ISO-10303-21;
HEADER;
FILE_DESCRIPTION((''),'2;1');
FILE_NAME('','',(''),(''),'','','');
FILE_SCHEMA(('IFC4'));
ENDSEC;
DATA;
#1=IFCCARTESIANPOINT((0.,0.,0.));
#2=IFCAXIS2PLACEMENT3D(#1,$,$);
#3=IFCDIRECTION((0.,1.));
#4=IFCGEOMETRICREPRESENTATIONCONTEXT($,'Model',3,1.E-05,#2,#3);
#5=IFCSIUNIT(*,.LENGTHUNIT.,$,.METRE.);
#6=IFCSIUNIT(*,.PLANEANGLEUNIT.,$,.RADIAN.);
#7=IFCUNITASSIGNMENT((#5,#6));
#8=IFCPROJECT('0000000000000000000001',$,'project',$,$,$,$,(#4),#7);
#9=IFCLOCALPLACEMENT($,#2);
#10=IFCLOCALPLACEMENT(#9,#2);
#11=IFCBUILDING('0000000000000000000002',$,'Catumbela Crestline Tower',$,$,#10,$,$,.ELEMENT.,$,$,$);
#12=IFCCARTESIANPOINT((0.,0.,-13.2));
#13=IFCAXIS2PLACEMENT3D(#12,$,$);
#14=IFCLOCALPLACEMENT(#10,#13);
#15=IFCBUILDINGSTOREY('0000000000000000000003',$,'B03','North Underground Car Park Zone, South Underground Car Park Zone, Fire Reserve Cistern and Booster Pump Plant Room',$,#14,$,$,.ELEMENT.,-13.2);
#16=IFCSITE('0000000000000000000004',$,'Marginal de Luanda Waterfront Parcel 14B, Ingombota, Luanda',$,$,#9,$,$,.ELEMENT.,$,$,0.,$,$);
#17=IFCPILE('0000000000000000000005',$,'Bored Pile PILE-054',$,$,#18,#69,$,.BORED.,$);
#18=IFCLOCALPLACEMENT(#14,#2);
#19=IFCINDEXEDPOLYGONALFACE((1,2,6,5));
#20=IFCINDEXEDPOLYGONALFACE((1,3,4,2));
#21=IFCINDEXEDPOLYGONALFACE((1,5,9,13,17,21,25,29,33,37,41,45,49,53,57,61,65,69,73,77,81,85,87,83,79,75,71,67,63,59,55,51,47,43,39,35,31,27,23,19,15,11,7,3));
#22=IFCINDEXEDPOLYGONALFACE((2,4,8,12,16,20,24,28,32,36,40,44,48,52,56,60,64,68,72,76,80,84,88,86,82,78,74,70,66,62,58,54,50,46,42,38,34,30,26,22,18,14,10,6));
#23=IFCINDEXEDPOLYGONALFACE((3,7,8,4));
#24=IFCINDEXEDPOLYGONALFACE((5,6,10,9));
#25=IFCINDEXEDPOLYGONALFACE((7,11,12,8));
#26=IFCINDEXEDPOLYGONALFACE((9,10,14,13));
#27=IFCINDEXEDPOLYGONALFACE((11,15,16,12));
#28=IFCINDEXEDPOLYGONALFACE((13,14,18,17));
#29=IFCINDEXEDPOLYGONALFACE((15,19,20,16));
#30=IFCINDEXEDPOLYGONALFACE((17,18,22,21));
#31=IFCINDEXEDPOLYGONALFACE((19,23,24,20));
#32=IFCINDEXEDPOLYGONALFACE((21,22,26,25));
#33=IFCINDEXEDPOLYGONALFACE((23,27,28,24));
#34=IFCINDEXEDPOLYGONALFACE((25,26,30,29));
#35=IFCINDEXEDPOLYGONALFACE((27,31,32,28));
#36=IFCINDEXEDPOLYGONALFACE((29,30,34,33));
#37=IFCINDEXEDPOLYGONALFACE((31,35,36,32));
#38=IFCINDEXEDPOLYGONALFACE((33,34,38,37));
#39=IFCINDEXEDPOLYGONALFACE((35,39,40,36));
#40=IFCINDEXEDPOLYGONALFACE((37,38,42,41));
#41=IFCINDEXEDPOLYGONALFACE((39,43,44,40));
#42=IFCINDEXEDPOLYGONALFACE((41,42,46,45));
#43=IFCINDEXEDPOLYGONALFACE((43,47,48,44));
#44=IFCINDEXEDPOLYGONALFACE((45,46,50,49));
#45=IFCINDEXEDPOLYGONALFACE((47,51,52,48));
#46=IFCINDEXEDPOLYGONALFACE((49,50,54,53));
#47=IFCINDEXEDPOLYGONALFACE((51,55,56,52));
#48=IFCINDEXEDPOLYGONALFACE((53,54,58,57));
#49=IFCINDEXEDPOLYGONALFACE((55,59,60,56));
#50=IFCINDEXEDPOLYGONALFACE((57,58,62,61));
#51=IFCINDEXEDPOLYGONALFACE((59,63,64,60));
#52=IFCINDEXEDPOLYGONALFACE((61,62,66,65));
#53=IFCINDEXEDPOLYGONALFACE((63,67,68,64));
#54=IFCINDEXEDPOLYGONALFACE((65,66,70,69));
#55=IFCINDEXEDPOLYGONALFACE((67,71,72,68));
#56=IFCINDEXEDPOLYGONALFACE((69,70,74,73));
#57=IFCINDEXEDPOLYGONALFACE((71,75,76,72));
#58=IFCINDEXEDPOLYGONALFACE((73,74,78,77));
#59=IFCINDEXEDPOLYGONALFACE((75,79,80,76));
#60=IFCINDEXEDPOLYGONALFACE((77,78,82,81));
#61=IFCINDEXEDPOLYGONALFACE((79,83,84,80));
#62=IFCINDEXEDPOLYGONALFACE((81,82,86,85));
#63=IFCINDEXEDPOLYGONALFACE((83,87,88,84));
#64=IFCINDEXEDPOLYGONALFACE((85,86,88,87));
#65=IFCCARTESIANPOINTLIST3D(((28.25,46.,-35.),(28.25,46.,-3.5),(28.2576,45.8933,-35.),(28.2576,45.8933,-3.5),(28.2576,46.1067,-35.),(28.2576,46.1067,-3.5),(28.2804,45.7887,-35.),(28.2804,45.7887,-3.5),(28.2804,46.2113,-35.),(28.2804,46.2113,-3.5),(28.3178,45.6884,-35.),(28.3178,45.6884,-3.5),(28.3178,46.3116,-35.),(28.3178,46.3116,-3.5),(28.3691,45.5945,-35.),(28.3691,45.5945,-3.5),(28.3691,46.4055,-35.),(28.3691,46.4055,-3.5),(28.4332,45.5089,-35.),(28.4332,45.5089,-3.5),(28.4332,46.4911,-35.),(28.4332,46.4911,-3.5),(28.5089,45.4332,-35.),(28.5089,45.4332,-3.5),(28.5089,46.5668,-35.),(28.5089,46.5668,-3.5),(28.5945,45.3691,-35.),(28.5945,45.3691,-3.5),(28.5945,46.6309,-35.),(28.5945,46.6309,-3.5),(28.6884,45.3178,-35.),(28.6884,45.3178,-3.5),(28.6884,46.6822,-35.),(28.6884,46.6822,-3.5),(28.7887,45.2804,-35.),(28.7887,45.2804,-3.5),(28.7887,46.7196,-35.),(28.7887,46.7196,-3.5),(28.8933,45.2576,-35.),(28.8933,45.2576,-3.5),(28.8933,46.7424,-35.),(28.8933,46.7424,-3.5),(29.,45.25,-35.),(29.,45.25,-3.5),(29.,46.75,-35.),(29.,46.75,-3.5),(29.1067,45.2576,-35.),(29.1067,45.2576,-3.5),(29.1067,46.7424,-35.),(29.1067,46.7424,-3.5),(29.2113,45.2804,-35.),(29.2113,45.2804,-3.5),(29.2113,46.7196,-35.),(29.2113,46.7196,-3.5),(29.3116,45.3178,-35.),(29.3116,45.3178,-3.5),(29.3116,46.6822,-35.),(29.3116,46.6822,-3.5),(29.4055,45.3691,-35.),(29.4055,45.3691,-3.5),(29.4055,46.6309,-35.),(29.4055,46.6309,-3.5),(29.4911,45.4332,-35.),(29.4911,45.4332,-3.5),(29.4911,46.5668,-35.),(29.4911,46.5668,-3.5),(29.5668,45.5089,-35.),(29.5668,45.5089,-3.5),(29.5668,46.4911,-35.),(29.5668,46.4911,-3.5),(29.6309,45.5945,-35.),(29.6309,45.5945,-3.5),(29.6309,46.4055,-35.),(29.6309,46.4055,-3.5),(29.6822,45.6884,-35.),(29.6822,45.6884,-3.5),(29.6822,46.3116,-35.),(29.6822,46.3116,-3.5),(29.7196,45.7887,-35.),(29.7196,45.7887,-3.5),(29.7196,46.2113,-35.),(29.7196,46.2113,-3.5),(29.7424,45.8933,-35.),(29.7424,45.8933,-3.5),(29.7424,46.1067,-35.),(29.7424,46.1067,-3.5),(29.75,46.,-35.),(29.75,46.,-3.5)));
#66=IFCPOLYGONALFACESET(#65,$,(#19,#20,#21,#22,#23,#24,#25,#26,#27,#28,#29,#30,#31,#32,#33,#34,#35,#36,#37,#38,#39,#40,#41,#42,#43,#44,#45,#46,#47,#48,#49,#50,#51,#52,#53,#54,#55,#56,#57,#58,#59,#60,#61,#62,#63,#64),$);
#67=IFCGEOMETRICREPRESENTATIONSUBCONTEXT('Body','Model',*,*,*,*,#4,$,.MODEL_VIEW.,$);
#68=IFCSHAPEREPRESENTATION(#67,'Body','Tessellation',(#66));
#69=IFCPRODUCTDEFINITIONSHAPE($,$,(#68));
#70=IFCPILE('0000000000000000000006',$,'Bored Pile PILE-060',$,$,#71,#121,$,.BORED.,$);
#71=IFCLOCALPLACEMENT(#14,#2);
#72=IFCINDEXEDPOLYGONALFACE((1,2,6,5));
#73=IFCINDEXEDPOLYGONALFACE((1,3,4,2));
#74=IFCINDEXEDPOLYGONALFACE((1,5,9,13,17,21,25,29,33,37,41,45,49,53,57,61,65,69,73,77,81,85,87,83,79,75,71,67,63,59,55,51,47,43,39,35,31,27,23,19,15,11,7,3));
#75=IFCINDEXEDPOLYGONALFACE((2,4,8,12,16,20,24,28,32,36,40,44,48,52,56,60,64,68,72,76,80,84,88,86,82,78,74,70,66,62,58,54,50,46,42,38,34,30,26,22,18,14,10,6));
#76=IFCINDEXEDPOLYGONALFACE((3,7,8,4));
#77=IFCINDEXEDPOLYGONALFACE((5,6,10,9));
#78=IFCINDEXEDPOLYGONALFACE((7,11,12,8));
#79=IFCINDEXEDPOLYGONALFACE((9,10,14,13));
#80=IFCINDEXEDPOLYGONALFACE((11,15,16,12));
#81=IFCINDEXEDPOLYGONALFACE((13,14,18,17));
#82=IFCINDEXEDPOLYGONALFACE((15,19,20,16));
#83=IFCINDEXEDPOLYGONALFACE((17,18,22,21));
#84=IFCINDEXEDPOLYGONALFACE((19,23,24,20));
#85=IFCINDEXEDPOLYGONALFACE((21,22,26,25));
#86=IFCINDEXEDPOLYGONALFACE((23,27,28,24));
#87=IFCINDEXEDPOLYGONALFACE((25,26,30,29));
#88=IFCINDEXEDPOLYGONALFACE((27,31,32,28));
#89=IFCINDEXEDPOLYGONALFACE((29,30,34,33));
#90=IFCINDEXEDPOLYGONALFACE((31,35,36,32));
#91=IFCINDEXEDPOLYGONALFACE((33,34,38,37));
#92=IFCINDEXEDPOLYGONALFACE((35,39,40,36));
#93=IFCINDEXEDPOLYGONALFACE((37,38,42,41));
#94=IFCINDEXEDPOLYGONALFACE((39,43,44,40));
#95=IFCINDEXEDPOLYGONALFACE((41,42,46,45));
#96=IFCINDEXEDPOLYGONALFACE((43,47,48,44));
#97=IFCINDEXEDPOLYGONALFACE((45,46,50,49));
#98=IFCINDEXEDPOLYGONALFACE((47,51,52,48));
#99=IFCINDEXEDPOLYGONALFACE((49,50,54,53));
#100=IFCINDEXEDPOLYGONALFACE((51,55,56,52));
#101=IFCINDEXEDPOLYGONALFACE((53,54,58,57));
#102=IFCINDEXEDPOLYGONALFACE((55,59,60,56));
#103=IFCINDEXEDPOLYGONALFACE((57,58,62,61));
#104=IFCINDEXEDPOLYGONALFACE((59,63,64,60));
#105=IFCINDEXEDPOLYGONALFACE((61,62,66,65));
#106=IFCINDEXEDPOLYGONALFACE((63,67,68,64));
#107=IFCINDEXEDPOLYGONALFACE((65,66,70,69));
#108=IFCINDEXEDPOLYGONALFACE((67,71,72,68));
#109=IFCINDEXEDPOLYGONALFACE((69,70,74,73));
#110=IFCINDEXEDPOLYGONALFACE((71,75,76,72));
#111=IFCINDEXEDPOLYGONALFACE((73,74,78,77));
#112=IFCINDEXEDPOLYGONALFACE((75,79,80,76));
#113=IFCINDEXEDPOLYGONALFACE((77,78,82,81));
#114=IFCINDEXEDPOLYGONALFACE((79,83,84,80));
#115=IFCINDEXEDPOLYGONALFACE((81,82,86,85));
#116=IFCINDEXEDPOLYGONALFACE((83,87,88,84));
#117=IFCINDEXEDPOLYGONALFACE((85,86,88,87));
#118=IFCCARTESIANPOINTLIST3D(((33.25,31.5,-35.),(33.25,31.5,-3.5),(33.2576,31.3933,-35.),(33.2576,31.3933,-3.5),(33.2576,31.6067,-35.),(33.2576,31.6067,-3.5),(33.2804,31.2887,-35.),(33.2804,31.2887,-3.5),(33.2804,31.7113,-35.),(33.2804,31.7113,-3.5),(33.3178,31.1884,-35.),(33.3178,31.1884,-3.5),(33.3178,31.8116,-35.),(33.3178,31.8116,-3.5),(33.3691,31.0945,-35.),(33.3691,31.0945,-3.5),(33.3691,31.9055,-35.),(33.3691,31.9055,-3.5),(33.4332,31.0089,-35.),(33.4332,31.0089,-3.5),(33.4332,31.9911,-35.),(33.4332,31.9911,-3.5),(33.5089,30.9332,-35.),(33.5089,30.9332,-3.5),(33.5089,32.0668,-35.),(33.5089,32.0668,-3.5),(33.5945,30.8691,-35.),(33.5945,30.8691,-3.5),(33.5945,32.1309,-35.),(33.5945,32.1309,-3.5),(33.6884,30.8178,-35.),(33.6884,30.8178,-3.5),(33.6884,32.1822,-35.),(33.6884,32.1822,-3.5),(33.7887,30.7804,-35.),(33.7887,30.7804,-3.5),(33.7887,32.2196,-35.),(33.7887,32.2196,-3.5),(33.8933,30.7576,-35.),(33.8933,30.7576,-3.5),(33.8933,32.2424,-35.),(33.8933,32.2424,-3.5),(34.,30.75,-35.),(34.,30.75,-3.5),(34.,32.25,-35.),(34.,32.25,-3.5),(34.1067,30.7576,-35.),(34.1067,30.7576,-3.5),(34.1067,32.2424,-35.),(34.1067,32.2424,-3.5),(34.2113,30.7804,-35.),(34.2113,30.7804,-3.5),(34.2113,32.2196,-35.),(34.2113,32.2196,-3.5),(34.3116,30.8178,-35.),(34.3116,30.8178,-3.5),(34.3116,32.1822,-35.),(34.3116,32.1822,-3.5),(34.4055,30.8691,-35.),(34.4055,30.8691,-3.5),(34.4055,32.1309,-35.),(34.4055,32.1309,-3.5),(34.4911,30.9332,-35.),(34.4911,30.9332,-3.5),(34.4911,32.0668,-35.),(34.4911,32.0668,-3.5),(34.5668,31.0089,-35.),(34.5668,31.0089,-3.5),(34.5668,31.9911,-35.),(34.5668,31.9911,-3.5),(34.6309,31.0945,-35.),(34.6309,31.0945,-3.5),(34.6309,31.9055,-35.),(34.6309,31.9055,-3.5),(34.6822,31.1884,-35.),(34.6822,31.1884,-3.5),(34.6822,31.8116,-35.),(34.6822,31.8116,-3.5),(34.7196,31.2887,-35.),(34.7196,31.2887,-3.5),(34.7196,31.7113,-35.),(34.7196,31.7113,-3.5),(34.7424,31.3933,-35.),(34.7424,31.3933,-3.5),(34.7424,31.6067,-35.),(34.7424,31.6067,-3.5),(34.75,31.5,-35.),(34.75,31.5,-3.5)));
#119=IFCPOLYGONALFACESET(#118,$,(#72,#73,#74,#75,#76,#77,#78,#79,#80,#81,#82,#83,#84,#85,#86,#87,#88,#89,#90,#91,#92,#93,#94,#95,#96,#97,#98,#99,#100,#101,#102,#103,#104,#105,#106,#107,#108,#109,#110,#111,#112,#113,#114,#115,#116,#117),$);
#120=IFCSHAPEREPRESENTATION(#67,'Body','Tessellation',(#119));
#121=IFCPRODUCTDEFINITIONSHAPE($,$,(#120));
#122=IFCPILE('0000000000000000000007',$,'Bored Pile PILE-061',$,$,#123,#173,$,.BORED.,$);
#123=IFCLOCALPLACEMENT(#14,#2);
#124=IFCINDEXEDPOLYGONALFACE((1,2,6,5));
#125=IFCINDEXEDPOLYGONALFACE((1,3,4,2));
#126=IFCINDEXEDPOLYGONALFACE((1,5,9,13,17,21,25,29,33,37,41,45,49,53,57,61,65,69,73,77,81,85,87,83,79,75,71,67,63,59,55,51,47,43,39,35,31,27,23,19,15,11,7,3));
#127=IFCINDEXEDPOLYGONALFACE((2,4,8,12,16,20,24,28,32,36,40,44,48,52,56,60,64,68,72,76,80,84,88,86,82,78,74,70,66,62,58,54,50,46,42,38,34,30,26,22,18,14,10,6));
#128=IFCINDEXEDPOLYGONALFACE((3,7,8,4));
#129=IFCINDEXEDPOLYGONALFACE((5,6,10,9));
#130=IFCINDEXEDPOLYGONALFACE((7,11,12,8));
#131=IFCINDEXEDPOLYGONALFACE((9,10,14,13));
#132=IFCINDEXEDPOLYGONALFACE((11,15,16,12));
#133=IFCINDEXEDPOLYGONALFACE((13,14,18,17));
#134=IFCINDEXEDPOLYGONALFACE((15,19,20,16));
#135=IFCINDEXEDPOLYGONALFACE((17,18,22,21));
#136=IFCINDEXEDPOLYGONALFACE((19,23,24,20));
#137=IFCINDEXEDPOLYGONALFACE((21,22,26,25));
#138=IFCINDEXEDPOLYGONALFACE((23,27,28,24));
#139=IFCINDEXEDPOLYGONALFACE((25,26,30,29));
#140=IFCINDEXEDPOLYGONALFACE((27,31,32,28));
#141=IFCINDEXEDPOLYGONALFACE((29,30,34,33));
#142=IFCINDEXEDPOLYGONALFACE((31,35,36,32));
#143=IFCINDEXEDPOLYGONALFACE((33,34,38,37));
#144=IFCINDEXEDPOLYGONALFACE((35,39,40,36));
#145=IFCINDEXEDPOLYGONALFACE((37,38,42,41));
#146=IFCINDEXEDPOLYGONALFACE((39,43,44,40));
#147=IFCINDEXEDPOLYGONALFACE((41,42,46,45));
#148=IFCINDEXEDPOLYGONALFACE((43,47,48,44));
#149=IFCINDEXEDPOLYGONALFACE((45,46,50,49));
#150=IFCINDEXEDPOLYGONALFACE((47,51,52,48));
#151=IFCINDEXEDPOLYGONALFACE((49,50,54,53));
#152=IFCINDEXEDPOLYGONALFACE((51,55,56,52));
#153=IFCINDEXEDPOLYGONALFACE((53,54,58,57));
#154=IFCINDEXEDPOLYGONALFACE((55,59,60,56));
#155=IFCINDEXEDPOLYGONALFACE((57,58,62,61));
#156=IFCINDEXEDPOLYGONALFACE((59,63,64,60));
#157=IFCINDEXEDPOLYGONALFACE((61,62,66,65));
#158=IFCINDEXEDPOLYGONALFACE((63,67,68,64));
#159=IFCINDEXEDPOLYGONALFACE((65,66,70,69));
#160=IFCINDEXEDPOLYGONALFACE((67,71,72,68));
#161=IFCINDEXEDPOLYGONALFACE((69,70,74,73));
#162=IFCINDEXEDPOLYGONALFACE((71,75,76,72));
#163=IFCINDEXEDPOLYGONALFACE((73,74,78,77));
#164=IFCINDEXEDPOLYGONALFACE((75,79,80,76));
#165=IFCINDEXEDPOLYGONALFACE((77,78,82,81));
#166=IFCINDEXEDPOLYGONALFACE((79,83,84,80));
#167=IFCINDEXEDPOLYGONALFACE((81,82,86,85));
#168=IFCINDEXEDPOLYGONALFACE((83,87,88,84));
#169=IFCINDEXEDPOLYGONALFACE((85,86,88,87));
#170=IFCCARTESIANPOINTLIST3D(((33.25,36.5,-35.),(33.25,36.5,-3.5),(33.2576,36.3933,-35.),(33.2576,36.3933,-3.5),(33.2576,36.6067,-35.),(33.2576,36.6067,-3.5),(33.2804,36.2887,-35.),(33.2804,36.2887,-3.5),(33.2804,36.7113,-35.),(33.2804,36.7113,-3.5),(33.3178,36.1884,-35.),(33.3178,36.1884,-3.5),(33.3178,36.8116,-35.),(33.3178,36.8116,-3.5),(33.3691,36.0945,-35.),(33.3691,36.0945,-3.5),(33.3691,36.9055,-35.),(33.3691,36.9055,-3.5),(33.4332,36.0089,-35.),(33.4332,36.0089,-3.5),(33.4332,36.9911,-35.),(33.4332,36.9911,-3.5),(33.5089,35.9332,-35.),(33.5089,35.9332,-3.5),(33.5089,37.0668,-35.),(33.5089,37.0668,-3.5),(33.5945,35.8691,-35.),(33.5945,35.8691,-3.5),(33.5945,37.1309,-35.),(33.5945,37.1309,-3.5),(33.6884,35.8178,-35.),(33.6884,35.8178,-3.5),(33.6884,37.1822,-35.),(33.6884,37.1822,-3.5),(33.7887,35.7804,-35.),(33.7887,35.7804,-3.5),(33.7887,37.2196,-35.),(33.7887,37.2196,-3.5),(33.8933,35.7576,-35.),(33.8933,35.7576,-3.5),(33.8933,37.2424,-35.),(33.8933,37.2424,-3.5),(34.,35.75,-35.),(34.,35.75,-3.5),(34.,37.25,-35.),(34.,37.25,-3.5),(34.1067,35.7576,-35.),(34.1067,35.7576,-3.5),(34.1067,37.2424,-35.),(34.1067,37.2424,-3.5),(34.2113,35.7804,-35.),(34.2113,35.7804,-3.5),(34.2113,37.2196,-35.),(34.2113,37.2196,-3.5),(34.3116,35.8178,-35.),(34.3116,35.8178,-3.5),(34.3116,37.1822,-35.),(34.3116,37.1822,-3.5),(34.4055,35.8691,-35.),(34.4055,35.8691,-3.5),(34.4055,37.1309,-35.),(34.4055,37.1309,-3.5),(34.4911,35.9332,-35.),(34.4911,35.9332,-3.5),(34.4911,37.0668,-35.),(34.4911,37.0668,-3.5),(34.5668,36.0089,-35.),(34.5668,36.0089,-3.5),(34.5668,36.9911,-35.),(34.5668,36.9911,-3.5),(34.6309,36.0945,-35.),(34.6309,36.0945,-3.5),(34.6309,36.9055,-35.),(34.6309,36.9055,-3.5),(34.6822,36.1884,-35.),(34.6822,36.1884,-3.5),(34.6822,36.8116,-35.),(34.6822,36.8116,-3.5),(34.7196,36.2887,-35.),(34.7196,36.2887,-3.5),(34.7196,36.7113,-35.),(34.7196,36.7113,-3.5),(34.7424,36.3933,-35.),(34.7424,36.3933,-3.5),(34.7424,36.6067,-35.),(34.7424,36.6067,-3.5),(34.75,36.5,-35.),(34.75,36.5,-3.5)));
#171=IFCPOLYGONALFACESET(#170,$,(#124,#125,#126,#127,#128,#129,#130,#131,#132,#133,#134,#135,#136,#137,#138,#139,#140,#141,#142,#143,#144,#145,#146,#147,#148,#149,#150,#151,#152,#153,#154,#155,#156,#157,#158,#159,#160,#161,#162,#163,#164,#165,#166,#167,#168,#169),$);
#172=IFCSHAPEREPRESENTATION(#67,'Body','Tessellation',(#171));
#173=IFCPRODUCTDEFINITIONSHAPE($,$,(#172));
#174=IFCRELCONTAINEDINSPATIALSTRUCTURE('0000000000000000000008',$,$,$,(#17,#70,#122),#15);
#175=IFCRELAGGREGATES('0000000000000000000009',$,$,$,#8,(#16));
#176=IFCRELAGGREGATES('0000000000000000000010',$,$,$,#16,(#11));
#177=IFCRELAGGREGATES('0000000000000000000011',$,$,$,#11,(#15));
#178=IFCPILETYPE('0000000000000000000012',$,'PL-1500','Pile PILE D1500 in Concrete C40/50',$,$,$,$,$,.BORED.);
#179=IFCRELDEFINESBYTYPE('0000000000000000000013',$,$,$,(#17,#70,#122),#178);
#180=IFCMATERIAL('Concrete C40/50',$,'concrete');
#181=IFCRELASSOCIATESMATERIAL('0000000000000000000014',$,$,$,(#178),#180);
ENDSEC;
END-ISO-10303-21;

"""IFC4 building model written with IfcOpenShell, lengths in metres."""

from ifc_helpers import new_model, si_unit, direction, frame, origin, origin_2d, place, context, subcontext, project, spatial, circle, extrude, material, material_profile, profile_set, type_object, element, save


model = new_model("IFC4")

# Units and contexts
model_context = context("Model", 3, precision=1e-05, world=origin(), true_north=direction((0.0, 1.0)))
body_context = subcontext(model_context, "Body", "Model", "MODEL_VIEW")
ifc_project = project(units=[si_unit("LENGTHUNIT", "METRE"), si_unit("PLANEANGLEUNIT", "RADIAN")], contexts=[model_context])

# Site, building, storey
site_placement = place(None, origin())
site = spatial("IfcSite", under=ifc_project, at=site_placement, Name="Marginal de Luanda Waterfront Parcel 14B, Ingombota, Luanda", CompositionType="ELEMENT", RefElevation=0.0)
building_placement = place(site_placement, origin())
building = spatial("IfcBuilding", under=site, at=building_placement, Name="Catumbela Crestline Tower", CompositionType="ELEMENT")
storey_placement = place(building_placement, frame((0.0, 0.0, -13.2)))
storey = spatial("IfcBuildingStorey", under=building, at=storey_placement, Name="B03", Description="North Underground Car Park Zone, South Underground Car Park Zone, Fire Reserve Cistern and Booster Pump Plant Room", CompositionType="ELEMENT", Elevation=-13.2)

# Piles
ifc_material_1 = material(Name="Concrete C40/50", Category="concrete")
ifc_material_profile_1 = material_profile(ifc_material_1, circle(Radius=0.75, at=origin_2d()), Name="PILE D1500")
ifc_profile_set_1 = profile_set([ifc_material_profile_1], Name="Concrete C40/50")
pile_type = type_object("IfcPileType", Name="PL-1500", Description="Pile PILE D1500 in Concrete C40/50", PredefinedType="BORED", material=ifc_profile_set_1)
for number, where, z_axis, x_axis, name in (
    (1, (29.0, 46.0, -3.5), (0.0, 0.0, -1.0), (1.0, 0.0, 0.0), "Bored Pile PILE-054"),
    (2, (34.0, 31.5, -3.5), (0.0, 0.0, -1.0), (1.0, 0.0, 0.0), "Bored Pile PILE-060"),
    (3, (34.0, 36.5, -3.5), (0.0, 0.0, -1.0), (1.0, 0.0, 0.0), "Bored Pile PILE-061"),
):
    element("IfcPile", number, at=place(storey_placement, frame(where, z_axis=z_axis, x_axis=x_axis)), inside=storey, type_object=pile_type, Name=name, PredefinedType="BORED", context=body_context, shape_type="SweptSolid", body=[
        extrude(circle(Radius=0.75, at=origin_2d()), origin(), (0.0, 0.0, 1.0), 31.5),
    ])

save(model, "model.ifc")
